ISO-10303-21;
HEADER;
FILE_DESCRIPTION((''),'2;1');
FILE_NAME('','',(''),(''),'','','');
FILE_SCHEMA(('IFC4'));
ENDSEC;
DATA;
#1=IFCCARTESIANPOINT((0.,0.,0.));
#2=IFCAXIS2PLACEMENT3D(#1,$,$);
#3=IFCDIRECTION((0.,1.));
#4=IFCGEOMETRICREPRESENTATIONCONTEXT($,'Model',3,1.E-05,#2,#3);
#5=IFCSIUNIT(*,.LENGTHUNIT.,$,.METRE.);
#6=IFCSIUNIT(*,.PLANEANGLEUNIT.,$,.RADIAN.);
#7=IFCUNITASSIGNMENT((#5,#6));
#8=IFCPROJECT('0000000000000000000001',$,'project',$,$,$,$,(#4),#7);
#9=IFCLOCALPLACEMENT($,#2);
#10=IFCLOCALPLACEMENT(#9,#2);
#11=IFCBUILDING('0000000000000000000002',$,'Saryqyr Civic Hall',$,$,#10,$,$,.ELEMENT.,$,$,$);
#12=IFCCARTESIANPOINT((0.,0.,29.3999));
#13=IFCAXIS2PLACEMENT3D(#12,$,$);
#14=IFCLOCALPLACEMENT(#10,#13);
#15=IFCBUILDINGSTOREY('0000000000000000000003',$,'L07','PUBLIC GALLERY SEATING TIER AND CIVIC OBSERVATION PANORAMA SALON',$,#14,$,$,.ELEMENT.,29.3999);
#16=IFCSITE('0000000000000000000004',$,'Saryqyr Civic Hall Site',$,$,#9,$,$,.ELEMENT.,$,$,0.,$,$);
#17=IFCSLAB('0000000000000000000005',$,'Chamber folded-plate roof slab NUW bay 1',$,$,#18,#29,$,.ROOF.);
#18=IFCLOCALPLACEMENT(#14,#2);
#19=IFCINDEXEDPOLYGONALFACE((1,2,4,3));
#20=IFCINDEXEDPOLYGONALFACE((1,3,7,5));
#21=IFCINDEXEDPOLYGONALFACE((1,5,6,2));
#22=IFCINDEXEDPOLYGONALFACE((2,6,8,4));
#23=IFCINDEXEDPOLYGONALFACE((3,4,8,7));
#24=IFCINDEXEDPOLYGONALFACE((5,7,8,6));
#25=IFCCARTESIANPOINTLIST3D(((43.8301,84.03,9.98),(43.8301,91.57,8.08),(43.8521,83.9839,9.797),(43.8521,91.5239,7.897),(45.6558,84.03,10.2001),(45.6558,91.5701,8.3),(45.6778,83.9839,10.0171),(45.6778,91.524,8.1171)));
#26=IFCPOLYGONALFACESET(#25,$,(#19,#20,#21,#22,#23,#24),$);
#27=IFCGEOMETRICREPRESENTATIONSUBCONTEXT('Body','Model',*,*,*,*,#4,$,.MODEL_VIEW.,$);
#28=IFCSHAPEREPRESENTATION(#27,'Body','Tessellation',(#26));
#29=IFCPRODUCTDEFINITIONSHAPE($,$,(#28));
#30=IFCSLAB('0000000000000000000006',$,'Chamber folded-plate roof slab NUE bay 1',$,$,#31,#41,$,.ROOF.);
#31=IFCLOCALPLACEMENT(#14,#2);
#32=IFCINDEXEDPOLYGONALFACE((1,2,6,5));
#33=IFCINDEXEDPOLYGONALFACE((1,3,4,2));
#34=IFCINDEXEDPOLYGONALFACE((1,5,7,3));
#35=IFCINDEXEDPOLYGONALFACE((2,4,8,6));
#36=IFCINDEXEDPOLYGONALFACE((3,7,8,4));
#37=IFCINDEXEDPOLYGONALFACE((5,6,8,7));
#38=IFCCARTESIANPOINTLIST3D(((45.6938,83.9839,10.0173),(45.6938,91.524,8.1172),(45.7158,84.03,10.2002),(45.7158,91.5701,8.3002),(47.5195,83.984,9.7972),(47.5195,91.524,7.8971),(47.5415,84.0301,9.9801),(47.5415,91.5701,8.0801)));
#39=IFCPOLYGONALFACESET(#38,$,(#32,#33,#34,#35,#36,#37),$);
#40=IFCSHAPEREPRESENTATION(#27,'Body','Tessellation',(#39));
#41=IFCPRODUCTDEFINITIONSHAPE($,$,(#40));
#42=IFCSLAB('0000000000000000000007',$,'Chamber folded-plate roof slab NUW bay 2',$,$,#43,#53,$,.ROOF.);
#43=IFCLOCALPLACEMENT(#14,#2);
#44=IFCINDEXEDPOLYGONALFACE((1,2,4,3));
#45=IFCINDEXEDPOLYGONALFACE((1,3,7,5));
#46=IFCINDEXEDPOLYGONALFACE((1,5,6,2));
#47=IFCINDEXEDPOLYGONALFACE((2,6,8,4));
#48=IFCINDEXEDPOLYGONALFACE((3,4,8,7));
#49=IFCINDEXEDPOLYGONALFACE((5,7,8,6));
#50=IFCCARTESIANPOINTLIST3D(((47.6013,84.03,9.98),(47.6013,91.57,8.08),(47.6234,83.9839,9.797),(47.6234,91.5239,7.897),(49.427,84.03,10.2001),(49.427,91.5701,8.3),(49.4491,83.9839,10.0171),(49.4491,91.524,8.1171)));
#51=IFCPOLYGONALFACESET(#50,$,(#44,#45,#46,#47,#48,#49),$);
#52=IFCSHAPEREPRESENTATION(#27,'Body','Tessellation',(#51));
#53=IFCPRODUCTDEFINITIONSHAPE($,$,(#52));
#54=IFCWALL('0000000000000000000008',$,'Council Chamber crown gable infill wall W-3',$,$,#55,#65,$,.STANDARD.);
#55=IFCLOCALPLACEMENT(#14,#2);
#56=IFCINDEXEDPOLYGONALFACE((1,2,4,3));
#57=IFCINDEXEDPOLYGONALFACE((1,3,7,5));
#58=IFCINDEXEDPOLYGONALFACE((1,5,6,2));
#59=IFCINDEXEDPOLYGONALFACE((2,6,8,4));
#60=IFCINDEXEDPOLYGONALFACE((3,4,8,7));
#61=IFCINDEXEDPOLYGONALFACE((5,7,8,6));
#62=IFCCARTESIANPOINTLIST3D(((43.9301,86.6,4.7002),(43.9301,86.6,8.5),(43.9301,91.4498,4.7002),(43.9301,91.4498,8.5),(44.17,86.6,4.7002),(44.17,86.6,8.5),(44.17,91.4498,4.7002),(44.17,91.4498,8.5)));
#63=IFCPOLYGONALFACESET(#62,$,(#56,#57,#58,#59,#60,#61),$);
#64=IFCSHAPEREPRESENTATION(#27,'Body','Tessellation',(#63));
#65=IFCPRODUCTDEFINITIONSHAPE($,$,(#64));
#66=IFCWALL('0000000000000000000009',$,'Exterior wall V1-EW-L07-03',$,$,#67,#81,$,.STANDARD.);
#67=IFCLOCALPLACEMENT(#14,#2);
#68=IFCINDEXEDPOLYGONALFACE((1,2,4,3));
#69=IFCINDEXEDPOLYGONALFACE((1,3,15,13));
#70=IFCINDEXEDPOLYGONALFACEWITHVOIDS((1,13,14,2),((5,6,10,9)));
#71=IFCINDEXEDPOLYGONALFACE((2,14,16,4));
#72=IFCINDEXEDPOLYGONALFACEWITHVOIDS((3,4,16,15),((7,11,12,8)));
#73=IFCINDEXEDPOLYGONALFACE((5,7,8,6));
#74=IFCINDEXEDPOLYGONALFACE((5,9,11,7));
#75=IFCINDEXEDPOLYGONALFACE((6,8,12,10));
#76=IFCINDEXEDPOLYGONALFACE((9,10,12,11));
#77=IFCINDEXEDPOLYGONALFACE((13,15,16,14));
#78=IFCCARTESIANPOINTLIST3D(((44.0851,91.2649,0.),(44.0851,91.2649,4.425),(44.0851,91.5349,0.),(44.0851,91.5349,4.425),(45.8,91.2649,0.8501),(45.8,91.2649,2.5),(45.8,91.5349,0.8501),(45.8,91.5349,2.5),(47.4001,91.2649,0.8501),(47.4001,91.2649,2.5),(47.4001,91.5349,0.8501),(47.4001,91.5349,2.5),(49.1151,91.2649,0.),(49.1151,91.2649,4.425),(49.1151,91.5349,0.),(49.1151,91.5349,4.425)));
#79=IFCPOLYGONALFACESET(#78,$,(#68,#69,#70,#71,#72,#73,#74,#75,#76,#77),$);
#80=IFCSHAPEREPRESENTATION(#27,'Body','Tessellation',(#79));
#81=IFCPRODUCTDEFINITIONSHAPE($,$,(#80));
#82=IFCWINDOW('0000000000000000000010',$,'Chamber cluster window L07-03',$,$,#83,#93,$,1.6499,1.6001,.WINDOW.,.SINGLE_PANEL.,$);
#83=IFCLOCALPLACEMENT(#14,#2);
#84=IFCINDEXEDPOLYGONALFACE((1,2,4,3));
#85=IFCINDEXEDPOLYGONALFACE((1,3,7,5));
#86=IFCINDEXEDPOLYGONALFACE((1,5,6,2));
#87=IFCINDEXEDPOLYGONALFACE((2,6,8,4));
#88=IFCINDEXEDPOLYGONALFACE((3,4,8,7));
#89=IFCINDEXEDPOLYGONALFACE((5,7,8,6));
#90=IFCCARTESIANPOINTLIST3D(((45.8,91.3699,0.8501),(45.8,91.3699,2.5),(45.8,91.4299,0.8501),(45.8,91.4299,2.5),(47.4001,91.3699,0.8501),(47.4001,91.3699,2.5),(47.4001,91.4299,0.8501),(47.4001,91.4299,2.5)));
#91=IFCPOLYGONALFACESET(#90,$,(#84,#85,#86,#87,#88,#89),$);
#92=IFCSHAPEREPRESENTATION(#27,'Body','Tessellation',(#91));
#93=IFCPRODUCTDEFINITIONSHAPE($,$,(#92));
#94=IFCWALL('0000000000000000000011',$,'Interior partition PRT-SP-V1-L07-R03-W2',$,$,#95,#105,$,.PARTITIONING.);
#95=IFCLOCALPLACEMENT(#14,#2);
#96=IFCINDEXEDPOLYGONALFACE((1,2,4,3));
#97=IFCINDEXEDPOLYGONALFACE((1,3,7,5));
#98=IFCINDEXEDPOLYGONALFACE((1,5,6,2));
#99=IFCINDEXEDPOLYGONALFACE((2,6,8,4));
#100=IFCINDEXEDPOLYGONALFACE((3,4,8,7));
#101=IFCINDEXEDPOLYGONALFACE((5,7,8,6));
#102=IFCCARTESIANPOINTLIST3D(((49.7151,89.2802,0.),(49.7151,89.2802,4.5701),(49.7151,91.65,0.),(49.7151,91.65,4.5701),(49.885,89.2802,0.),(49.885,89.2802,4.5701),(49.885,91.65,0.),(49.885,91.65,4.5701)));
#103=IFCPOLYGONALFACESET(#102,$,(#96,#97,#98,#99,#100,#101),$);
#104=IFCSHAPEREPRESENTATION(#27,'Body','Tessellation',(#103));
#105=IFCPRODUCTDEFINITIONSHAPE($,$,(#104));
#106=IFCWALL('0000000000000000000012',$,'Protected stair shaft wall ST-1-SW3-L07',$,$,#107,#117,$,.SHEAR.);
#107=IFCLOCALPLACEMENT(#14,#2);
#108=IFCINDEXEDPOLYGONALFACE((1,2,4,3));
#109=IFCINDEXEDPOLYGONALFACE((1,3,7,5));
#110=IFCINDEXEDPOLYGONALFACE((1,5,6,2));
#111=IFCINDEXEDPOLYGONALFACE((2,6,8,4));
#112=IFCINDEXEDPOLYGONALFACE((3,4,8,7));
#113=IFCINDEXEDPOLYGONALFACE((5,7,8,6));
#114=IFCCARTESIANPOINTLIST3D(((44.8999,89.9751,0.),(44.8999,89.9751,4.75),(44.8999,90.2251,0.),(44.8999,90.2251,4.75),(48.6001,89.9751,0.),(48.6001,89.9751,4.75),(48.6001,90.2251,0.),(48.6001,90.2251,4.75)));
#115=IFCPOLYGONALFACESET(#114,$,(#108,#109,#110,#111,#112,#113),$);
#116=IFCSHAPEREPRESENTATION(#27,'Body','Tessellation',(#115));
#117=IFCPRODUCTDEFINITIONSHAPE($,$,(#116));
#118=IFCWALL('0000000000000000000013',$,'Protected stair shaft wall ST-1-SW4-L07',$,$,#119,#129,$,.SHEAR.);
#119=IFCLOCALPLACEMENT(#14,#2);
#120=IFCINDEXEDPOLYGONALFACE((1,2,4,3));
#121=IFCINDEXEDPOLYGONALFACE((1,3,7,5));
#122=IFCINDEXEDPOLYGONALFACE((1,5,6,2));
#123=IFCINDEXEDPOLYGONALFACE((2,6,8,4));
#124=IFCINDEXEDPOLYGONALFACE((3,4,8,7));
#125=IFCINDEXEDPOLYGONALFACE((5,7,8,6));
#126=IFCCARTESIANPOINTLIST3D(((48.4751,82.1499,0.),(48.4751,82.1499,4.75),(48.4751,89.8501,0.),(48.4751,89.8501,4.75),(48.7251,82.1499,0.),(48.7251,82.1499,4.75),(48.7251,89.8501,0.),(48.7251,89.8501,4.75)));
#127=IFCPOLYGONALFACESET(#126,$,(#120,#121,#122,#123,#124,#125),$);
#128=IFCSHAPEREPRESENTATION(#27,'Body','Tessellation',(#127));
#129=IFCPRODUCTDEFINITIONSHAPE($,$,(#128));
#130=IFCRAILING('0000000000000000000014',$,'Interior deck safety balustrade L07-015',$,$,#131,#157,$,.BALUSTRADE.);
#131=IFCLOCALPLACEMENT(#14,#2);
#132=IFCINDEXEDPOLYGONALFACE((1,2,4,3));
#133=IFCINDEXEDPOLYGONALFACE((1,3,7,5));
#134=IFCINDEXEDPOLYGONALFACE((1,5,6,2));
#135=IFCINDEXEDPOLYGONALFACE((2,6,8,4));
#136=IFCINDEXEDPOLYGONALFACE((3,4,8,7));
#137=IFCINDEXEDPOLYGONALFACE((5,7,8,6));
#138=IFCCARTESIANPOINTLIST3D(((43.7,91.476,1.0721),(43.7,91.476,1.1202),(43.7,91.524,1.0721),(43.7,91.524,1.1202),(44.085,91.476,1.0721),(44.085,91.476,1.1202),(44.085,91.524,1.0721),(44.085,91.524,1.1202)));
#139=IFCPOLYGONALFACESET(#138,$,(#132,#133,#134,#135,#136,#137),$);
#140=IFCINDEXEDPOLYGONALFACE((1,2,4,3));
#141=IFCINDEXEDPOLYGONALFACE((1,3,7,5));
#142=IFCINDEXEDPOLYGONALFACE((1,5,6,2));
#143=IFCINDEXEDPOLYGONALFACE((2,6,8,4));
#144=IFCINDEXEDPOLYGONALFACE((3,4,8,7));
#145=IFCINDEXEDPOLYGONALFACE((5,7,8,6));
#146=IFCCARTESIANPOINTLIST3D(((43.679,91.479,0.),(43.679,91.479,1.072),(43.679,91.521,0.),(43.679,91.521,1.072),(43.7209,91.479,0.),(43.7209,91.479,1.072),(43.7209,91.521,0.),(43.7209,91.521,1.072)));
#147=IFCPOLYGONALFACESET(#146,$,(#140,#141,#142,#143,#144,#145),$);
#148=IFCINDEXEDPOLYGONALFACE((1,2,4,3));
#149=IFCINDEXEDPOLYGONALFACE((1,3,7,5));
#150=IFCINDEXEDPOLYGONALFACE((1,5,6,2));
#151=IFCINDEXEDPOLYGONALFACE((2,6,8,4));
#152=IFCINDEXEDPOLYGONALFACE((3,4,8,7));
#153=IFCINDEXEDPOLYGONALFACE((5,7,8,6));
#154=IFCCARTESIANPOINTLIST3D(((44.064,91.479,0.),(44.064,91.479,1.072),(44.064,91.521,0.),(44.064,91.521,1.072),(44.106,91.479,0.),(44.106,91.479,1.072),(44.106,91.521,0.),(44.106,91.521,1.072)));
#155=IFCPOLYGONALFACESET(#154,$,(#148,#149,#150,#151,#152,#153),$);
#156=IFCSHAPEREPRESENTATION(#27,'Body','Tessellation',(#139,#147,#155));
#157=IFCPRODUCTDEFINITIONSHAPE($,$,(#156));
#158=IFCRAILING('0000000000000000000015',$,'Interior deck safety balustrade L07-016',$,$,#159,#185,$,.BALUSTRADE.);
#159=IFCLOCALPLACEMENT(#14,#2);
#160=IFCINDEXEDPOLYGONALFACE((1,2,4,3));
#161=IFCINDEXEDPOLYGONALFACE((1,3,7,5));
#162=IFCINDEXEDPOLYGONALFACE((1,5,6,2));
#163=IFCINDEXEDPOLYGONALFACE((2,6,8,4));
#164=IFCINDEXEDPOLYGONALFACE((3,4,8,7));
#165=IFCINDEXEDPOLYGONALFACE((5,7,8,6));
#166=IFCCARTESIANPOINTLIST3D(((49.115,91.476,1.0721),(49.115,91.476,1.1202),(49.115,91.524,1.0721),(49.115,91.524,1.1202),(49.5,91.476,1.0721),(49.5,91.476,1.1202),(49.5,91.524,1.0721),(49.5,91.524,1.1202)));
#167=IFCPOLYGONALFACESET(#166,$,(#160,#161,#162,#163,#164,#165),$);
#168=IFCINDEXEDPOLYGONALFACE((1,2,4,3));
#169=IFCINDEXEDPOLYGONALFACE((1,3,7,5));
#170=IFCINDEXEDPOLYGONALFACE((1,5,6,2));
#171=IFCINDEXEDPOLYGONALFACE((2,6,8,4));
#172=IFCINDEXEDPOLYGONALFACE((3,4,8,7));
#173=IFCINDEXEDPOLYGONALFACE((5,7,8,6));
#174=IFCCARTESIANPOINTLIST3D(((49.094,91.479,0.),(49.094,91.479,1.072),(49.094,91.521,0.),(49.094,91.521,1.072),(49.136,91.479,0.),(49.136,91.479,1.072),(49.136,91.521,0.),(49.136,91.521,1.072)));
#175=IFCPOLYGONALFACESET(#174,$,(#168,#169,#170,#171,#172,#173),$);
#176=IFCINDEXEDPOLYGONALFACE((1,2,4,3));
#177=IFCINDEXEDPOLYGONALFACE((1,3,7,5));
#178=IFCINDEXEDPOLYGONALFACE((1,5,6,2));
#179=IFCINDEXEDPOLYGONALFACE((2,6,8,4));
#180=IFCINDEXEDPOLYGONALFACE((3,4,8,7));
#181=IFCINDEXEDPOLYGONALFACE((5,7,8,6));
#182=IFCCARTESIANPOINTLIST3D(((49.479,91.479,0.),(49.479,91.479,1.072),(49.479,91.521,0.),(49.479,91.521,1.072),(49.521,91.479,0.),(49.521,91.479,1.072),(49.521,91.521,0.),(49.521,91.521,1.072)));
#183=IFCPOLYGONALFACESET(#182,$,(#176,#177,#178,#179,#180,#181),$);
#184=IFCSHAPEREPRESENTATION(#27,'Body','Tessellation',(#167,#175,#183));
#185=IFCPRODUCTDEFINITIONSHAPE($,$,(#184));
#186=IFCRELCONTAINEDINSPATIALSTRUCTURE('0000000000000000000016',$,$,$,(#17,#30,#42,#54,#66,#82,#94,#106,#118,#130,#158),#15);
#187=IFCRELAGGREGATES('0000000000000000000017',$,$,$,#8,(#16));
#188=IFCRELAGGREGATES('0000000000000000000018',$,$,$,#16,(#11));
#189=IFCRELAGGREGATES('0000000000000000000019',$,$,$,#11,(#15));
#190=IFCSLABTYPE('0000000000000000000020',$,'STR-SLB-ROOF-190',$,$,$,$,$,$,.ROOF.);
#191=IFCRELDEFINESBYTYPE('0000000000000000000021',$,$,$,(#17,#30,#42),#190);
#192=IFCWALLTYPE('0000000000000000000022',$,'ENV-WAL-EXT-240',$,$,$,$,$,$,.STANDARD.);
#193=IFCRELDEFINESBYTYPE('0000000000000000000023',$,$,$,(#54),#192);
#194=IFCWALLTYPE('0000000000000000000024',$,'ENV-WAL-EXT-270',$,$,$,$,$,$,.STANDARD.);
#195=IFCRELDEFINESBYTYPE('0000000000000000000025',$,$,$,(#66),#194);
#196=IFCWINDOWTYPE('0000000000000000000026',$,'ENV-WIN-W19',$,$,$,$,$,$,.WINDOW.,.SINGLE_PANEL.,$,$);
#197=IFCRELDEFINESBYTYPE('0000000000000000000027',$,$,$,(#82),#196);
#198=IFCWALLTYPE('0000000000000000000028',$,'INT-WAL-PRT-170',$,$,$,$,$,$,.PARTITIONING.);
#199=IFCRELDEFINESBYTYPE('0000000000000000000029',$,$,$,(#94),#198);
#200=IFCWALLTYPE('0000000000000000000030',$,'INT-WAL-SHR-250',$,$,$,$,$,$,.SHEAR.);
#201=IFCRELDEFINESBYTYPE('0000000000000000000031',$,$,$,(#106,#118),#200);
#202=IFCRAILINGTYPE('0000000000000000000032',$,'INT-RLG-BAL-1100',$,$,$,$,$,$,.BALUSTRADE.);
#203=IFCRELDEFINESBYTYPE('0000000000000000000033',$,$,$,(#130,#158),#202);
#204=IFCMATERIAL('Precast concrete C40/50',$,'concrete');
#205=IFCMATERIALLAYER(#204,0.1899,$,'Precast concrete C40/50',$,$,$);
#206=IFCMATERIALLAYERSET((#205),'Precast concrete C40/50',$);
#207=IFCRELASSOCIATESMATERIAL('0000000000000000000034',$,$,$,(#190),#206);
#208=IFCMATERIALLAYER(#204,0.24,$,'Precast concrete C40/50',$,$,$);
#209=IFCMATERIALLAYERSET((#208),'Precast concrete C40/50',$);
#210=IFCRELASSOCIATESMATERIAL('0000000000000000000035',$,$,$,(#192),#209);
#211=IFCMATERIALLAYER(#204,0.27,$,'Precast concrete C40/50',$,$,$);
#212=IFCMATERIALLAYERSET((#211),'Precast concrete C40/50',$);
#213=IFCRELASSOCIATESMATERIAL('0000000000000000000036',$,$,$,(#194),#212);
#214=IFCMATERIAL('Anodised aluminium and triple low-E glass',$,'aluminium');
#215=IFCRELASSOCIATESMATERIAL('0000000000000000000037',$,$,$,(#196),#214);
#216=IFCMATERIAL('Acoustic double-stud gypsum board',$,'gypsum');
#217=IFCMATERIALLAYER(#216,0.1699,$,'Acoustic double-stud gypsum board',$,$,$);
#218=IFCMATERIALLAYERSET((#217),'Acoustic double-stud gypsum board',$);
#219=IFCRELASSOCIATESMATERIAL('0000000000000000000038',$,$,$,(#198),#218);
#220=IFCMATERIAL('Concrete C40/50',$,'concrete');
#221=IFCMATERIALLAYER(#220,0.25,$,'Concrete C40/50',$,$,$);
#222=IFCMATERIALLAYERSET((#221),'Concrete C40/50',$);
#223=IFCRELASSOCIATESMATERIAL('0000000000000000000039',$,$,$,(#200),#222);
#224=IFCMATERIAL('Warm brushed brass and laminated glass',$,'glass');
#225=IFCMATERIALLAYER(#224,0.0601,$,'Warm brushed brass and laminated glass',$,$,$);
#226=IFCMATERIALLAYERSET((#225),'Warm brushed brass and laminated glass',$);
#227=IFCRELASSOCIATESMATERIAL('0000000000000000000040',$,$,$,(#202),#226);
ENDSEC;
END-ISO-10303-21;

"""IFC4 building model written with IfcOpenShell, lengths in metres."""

from ifc_helpers import new_model, si_unit, direction, frame, frame_2d, origin, origin_2d, place, context, subcontext, project, spatial, polyline, rectangle, outline, extrude, material, layer, layer_set, type_object, element, fill, save


model = new_model("IFC4")

# Units and contexts
model_context = context("Model", 3, precision=1e-05, world=origin(), true_north=direction((0.0, 1.0)))
body_context = subcontext(model_context, "Body", "Model", "MODEL_VIEW")
ifc_project = project(units=[si_unit("LENGTHUNIT", "METRE"), si_unit("PLANEANGLEUNIT", "RADIAN")], contexts=[model_context])

# Site, building, storey
site_placement = place(None, origin())
site = spatial("IfcSite", under=ifc_project, at=site_placement, Name="Saryqyr Civic Hall Site", CompositionType="ELEMENT", RefElevation=0.0)
building_placement = place(site_placement, origin())
building = spatial("IfcBuilding", under=site, at=building_placement, Name="Saryqyr Civic Hall", CompositionType="ELEMENT")
storey_placement = place(building_placement, frame((0.0, 0.0, 29.3999)))
storey = spatial("IfcBuildingStorey", under=building, at=storey_placement, Name="L07", Description="PUBLIC GALLERY SEATING TIER AND CIVIC OBSERVATION PANORAMA SALON", CompositionType="ELEMENT", Elevation=29.3999)

# Shared definitions
ifc_material_1 = material(Name="Concrete C40/50", Category="concrete")

# Slabs
ifc_material_2 = material(Name="Precast concrete C40/50", Category="concrete")
ifc_layer_1 = layer(ifc_material_2, 0.1899, Name="Precast concrete C40/50")
ifc_layer_set_1 = layer_set([ifc_layer_1], Name="Precast concrete C40/50")
slab_type_1 = type_object("IfcSlabType", Name="STR-SLB-ROOF-190", PredefinedType="ROOF", material=ifc_layer_set_1)
slab_1_placement = place(storey_placement, frame((45.6558, 91.5701, 8.3), z_axis=(-0.116109, 0.2427, 0.963128), x_axis=(-0.992812, -0.000016, -0.119683)))
element("IfcSlab", 1, at=slab_1_placement, inside=storey, type_object=slab_type_1, Name="Chamber folded-plate roof slab NUW bay 1", PredefinedType="ROOF", context=body_context, shape_type="SweptSolid", body=[
    extrude(outline(polyline([(0.0, 0.0), (1.8389, 0.0), (1.6116, 7.7724), (-0.2273, 7.7725), (0.0, 0.0)])), origin(), (0.0, 0.0, -1.0), 0.1899),
])
slab_2_placement = place(storey_placement, frame((47.5415, 91.5701, 8.0801), z_axis=(0.116109, 0.2427, 0.963128), x_axis=(-0.992812, 0.000016, 0.119683)))
element("IfcSlab", 2, at=slab_2_placement, inside=storey, type_object=slab_type_1, Name="Chamber folded-plate roof slab NUE bay 1", PredefinedType="ROOF", context=body_context, shape_type="SweptSolid", body=[
    extrude(outline(polyline([(0.0, 0.0), (1.8389, 0.0), (2.0662, 7.7725), (0.2273, 7.7724), (0.0, 0.0)])), origin(), (0.0, 0.0, -1.0), 0.1899),
])
slab_3_placement = place(storey_placement, frame((49.427, 91.5701, 8.3), z_axis=(-0.116109, 0.2427, 0.963128), x_axis=(-0.992812, -0.000016, -0.119683)))
element("IfcSlab", 3, at=slab_3_placement, inside=storey, type_object=slab_type_1, Name="Chamber folded-plate roof slab NUW bay 2", PredefinedType="ROOF", context=body_context, shape_type="SweptSolid", body=[
    extrude(outline(polyline([(0.0, 0.0), (1.8389, 0.0), (1.6116, 7.7724), (-0.2273, 7.7725), (0.0, 0.0)])), origin(), (0.0, 0.0, -1.0), 0.1899),
])

# Wall
ifc_layer_2 = layer(ifc_material_2, 0.24, Name="Precast concrete C40/50")
ifc_layer_set_2 = layer_set([ifc_layer_2], Name="Precast concrete C40/50")
wall_type_1 = type_object("IfcWallType", Name="ENV-WAL-EXT-240", PredefinedType="STANDARD", material=ifc_layer_set_2)
wall_1_placement = place(storey_placement, frame((44.05, 86.6001, 4.7002), z_axis=(0.0, 0.0, 1.0), x_axis=(0.0, 1.0, 0.0)))
element("IfcWall", 4, at=wall_1_placement, inside=storey, type_object=wall_type_1, Name="Council Chamber crown gable infill wall W-3", PredefinedType="STANDARD", context=body_context, shape_type="SweptSolid", body=[
    extrude(rectangle(XDim=4.8499, YDim=0.24, at=frame_2d((2.4248, 0.0))), origin(), (0.0, 0.0, 1.0), 3.7998),
])

# Wall, opening, window
ifc_layer_3 = layer(ifc_material_2, 0.27, Name="Precast concrete C40/50")
ifc_layer_set_3 = layer_set([ifc_layer_3], Name="Precast concrete C40/50")
wall_type_2 = type_object("IfcWallType", Name="ENV-WAL-EXT-270", PredefinedType="STANDARD", material=ifc_layer_set_3)
wall_2_placement = place(storey_placement, frame((44.085, 91.3999, 0.0), z_axis=(0.0, 0.0, 1.0), x_axis=(1.0, 0.0, 0.0)))
wall_2 = element("IfcWall", 5, at=wall_2_placement, inside=storey, type_object=wall_type_2, Name="Exterior wall V1-EW-L07-03", PredefinedType="STANDARD", context=body_context, shape_type="SweptSolid", body=[
    extrude(rectangle(XDim=5.03, YDim=0.27, at=frame_2d((2.5151, 0.0))), origin(), (0.0, 0.0, 1.0), 4.425),
])
opening_placement = place(wall_2_placement, frame((1.7151, 0.0, 0.8501)))
opening = element("IfcOpeningElement", 6, at=opening_placement, cuts=wall_2, PredefinedType="OPENING", context=body_context, shape_type="SweptSolid", body=[
    extrude(rectangle(XDim=1.6001, YDim=1.6499, at=frame_2d((0.8, 0.825))), frame((0.0, 0.145, 0.0), z_axis=(0.0, -1.0, 0.0), x_axis=(1.0, 0.0, 0.0)), (0.0, 0.0, 1.0), 0.29),
])
ifc_material_3 = material(Name="Anodised aluminium and triple low-E glass", Category="aluminium")
window_type = type_object("IfcWindowType", Name="ENV-WIN-W19", PartitioningType="SINGLE_PANEL", PredefinedType="WINDOW", material=ifc_material_3)
window_placement = place(opening_placement, origin())
window = element("IfcWindow", 7, at=window_placement, inside=storey, type_object=window_type, Name="Chamber cluster window L07-03", OverallHeight=1.6499, OverallWidth=1.6001, PartitioningType="SINGLE_PANEL", PredefinedType="WINDOW", context=body_context, shape_type="SweptSolid", body=[
    extrude(rectangle(XDim=1.6001, YDim=1.6499, at=frame_2d((0.8, 0.825))), frame((0.0, 0.03, 0.0), z_axis=(0.0, -1.0, 0.0), x_axis=(1.0, 0.0, 0.0)), (0.0, 0.0, 1.0), 0.0601),
])
fill(opening, window)

# Walls
ifc_material_4 = material(Name="Acoustic double-stud gypsum board", Category="gypsum")
ifc_layer_4 = layer(ifc_material_4, 0.1699, Name="Acoustic double-stud gypsum board")
ifc_layer_set_4 = layer_set([ifc_layer_4], Name="Acoustic double-stud gypsum board")
wall_type_3 = type_object("IfcWallType", Name="INT-WAL-PRT-170", PredefinedType="PARTITIONING", material=ifc_layer_set_4)
wall_3_placement = place(storey_placement, frame((49.8, 89.28, 0.0), z_axis=(0.0, 0.0, 1.0), x_axis=(0.0, 1.0, 0.0)))
element("IfcWall", 8, at=wall_3_placement, inside=storey, type_object=wall_type_3, Name="Interior partition PRT-SP-V1-L07-R03-W2", PredefinedType="PARTITIONING", context=body_context, shape_type="SweptSolid", body=[
    extrude(rectangle(XDim=2.3699, YDim=0.1699, at=frame_2d((1.1851, 0.0))), origin(), (0.0, 0.0, 1.0), 4.5701),
])
ifc_layer_5 = layer(ifc_material_1, 0.25, Name="Concrete C40/50")
ifc_layer_set_5 = layer_set([ifc_layer_5], Name="Concrete C40/50")
wall_type_4 = type_object("IfcWallType", Name="INT-WAL-SHR-250", PredefinedType="SHEAR", material=ifc_layer_set_5)
wall_4_placement = place(storey_placement, frame((44.8999, 90.1001, 0.0), z_axis=(0.0, 0.0, 1.0), x_axis=(1.0, 0.0, 0.0)))
element("IfcWall", 9, at=wall_4_placement, inside=storey, type_object=wall_type_4, Name="Protected stair shaft wall ST-1-SW3-L07", PredefinedType="SHEAR", context=body_context, shape_type="SweptSolid", body=[
    extrude(rectangle(XDim=3.7002, YDim=0.25, at=frame_2d((1.8501, 0.0))), origin(), (0.0, 0.0, 1.0), 4.75),
])
wall_5_placement = place(storey_placement, frame((48.6001, 89.8501, 0.0), z_axis=(0.0, 0.0, 1.0), x_axis=(0.0, -1.0, 0.0)))
element("IfcWall", 10, at=wall_5_placement, inside=storey, type_object=wall_type_4, Name="Protected stair shaft wall ST-1-SW4-L07", PredefinedType="SHEAR", context=body_context, shape_type="SweptSolid", body=[
    extrude(rectangle(XDim=7.7002, YDim=0.25, at=frame_2d((3.8501, 0.0))), origin(), (0.0, 0.0, 1.0), 4.75),
])

# Railings
ifc_material_5 = material(Name="Warm brushed brass and laminated glass", Category="glass")
ifc_layer_6 = layer(ifc_material_5, 0.0601, Name="Warm brushed brass and laminated glass")
ifc_layer_set_6 = layer_set([ifc_layer_6], Name="Warm brushed brass and laminated glass")
railing_type = type_object("IfcRailingType", Name="INT-RLG-BAL-1100", PredefinedType="BALUSTRADE", material=ifc_layer_set_6)
for number, where, name in (
    (11, (43.7, 91.5, 0.0), "Interior deck safety balustrade L07-015"),
    (12, (49.115, 91.5, 0.0), "Interior deck safety balustrade L07-016"),
):
    element("IfcRailing", number, at=place(storey_placement, frame(where)), inside=storey, type_object=railing_type, Name=name, PredefinedType="BALUSTRADE", context=body_context, shape_type="SweptSolid", body=[
        extrude(rectangle(XDim=0.0481, YDim=0.0481, at=origin_2d()), frame((0.0, 0.0, 1.0962), z_axis=(1.0, 0.0, 0.0), x_axis=(0.0, 1.0, 0.0)), (0.0, 0.0, 1.0), 0.385),
        extrude(rectangle(XDim=0.042, YDim=0.042, at=origin_2d()), origin(), (0.0, 0.0, 1.0), 1.072),
        extrude(rectangle(XDim=0.042, YDim=0.042, at=origin_2d()), frame((0.385, 0.0, 0.0)), (0.0, 0.0, 1.0), 1.072),
    ])

save(model, "model.ifc")
